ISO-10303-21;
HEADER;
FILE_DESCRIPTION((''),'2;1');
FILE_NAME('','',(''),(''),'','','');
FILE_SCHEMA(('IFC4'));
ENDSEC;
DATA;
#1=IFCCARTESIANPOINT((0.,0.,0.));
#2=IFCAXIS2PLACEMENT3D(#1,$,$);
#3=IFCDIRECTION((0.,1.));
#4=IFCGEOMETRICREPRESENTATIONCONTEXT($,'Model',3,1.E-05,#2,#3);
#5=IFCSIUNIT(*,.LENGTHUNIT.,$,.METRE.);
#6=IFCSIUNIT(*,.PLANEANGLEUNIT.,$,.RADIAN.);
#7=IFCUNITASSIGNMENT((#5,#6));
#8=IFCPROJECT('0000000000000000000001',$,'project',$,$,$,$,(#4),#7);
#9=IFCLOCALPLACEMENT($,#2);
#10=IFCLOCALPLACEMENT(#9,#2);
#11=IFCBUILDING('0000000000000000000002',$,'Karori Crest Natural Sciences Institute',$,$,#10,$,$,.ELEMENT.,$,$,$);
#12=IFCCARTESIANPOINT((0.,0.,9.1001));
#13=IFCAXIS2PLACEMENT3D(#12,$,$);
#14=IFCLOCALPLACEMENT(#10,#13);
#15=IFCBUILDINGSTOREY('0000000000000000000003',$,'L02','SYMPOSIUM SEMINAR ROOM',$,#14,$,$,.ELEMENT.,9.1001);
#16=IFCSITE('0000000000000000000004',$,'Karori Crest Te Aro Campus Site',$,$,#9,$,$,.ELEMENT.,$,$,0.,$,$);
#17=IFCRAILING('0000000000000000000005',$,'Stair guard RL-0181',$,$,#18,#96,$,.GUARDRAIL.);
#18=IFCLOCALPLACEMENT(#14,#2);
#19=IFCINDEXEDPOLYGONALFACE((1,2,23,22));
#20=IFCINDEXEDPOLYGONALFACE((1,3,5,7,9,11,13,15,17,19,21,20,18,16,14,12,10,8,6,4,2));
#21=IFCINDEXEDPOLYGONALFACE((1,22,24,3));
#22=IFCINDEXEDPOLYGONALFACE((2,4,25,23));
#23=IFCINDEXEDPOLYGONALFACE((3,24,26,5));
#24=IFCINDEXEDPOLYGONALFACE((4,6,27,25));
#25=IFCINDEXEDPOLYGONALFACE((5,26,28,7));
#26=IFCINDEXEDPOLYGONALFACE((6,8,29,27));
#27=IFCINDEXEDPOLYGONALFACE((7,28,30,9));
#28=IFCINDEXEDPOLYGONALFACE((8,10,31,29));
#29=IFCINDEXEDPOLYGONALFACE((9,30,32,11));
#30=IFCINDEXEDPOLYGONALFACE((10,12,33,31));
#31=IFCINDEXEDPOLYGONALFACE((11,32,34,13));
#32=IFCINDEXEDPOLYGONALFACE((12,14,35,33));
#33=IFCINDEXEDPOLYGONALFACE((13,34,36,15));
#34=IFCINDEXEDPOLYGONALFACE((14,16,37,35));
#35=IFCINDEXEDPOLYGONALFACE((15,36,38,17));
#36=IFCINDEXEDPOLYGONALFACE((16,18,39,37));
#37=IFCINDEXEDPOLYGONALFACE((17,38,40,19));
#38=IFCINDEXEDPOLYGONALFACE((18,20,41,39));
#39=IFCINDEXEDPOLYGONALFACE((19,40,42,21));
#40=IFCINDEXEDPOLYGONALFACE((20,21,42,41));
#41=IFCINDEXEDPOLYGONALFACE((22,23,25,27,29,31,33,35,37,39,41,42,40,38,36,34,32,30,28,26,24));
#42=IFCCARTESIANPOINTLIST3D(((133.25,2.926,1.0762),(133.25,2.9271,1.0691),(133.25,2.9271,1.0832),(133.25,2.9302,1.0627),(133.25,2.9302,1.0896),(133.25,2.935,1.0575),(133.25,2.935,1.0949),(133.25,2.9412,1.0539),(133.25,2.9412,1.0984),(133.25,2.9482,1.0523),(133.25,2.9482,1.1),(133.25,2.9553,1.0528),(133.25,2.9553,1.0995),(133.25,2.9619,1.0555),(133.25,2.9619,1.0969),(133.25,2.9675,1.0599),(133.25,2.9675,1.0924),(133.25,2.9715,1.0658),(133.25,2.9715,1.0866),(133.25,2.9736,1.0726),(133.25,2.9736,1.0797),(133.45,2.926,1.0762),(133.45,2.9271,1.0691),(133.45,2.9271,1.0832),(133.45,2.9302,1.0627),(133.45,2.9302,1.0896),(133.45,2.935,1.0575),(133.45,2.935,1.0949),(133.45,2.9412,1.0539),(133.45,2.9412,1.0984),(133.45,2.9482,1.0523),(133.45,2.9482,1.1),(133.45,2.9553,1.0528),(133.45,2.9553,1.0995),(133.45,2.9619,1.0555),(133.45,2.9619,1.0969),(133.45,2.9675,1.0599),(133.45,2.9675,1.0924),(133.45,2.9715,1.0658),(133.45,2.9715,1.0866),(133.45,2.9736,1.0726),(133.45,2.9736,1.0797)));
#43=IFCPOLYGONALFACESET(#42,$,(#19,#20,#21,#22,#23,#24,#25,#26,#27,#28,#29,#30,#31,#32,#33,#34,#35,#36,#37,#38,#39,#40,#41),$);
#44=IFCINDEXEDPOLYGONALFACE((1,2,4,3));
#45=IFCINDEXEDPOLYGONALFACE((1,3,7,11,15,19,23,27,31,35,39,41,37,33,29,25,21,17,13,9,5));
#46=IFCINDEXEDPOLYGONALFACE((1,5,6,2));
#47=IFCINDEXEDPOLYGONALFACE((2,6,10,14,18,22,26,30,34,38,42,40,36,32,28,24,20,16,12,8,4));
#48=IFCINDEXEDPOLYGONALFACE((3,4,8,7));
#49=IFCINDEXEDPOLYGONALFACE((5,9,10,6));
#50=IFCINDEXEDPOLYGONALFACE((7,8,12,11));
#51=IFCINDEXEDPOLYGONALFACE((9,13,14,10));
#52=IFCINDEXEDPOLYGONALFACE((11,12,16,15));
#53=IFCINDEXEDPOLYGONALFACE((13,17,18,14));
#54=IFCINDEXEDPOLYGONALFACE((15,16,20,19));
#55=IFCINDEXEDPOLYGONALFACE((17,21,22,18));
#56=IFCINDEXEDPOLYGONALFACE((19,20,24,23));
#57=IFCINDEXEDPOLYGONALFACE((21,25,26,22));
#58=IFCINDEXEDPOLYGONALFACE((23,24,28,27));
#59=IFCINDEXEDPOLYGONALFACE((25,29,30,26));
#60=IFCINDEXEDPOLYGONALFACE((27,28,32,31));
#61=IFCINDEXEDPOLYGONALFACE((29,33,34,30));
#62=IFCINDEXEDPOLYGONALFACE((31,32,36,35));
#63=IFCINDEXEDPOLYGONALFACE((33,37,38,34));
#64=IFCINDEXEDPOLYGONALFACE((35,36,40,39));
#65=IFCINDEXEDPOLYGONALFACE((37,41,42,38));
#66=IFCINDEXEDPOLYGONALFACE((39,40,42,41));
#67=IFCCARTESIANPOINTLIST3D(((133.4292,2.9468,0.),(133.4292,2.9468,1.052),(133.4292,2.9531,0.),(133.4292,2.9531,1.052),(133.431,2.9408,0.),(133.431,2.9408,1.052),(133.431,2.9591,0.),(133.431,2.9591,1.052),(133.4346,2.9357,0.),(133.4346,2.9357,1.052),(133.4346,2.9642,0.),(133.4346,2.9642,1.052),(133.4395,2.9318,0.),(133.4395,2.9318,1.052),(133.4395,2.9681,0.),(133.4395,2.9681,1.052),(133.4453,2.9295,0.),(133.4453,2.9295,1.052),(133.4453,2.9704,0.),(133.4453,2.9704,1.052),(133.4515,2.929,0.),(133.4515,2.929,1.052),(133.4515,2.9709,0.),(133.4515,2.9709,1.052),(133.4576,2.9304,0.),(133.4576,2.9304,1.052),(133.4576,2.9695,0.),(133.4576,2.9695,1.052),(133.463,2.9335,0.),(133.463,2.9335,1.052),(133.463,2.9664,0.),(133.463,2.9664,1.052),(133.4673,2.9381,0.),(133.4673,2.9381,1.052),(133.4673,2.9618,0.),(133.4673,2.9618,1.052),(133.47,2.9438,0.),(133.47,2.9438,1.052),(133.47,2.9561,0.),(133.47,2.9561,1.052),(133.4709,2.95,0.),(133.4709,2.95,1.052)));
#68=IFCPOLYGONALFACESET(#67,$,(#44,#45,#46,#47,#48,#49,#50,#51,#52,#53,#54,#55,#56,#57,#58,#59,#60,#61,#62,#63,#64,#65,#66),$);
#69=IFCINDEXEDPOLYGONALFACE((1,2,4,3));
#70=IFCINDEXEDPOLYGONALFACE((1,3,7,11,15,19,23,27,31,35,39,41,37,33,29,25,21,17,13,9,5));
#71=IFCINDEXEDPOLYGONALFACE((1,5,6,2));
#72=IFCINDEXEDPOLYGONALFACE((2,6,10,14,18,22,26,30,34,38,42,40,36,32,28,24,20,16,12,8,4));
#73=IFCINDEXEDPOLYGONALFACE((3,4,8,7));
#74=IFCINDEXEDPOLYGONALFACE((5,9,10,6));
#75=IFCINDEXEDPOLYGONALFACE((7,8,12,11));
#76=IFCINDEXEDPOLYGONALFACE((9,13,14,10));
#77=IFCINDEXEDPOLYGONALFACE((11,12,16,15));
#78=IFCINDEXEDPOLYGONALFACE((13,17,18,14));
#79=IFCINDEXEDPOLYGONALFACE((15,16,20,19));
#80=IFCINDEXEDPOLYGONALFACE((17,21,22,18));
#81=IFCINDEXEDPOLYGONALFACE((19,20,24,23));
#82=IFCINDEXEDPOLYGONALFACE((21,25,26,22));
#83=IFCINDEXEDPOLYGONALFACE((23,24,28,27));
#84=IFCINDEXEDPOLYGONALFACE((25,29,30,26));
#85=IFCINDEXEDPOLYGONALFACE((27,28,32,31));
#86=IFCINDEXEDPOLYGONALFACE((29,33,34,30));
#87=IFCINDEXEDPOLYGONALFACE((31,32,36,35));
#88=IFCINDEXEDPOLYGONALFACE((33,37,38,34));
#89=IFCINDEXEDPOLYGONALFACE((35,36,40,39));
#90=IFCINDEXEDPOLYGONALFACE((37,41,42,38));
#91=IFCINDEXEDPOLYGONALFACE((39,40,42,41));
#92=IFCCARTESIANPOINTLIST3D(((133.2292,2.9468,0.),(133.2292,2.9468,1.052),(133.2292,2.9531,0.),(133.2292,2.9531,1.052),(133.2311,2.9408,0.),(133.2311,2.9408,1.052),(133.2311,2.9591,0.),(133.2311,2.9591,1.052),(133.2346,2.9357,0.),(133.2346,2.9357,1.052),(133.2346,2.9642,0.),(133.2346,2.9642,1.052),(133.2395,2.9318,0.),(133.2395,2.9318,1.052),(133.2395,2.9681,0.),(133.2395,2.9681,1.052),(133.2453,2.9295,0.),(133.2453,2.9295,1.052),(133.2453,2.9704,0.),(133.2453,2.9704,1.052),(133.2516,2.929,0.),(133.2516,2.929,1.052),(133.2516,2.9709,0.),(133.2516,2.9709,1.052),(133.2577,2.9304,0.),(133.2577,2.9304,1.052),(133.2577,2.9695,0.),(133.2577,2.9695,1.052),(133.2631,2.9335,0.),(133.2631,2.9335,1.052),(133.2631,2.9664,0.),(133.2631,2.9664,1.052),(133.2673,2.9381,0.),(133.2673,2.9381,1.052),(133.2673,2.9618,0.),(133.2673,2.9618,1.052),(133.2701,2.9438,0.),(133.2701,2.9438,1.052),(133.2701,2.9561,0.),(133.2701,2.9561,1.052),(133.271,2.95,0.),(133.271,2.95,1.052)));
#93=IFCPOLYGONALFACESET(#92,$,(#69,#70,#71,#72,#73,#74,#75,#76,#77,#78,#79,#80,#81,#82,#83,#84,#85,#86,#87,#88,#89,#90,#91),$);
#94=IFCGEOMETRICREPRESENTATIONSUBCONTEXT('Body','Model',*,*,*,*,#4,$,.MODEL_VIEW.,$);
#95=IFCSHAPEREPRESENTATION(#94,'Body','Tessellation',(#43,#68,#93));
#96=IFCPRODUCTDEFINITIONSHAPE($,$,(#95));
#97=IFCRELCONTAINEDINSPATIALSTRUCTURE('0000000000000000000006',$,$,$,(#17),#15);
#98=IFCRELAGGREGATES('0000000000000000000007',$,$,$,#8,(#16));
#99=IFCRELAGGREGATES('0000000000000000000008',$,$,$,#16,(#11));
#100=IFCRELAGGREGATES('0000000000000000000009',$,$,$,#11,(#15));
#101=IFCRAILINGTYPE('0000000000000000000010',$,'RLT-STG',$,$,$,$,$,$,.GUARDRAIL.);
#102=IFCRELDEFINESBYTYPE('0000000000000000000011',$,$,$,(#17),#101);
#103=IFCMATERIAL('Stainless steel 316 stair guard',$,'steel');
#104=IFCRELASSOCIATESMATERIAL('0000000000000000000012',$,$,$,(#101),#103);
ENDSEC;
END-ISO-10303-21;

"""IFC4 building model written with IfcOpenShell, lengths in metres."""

from ifc_helpers import new_model, si_unit, direction, frame, origin, origin_2d, place, context, subcontext, project, spatial, circle, extrude, material, type_object, element, save


model = new_model("IFC4")

# Units and contexts
model_context = context("Model", 3, precision=1e-05, world=origin(), true_north=direction((0.0, 1.0)))
body_context = subcontext(model_context, "Body", "Model", "MODEL_VIEW")
ifc_project = project(units=[si_unit("LENGTHUNIT", "METRE"), si_unit("PLANEANGLEUNIT", "RADIAN")], contexts=[model_context])

# Site, building, storey
site_placement = place(None, origin())
site = spatial("IfcSite", under=ifc_project, at=site_placement, Name="Karori Crest Te Aro Campus Site", CompositionType="ELEMENT", RefElevation=0.0)
building_placement = place(site_placement, origin())
building = spatial("IfcBuilding", under=site, at=building_placement, Name="Karori Crest Natural Sciences Institute", CompositionType="ELEMENT")
storey_placement = place(building_placement, frame((0.0, 0.0, 9.1001)))
storey = spatial("IfcBuildingStorey", under=building, at=storey_placement, Name="L02", Description="SYMPOSIUM SEMINAR ROOM", CompositionType="ELEMENT", Elevation=9.1001)

# Railing
ifc_material_1 = material(Name="Stainless steel 316 stair guard", Category="steel")
railing_type_1 = type_object("IfcRailingType", Name="RLT-STG", PredefinedType="GUARDRAIL", material=ifc_material_1)
railing_1_placement = place(storey_placement, frame((133.45, 2.95, 0.0)))
element("IfcRailing", 1, at=railing_1_placement, inside=storey, type_object=railing_type_1, Name="Stair guard RL-0181", PredefinedType="GUARDRAIL", context=body_context, shape_type="SweptSolid", body=[
    extrude(circle(Radius=0.0239, at=origin_2d()), frame((0.0, 0.0, 1.0762), z_axis=(-1.0, 0.0, 0.0), x_axis=(0.0, -1.0, 0.0)), (0.0, 0.0, 1.0), 0.2),
    extrude(circle(Radius=0.021, at=origin_2d()), origin(), (0.0, 0.0, 1.0), 1.052),
    extrude(circle(Radius=0.021, at=origin_2d()), frame((-0.2, 0.0, 0.0)), (0.0, 0.0, 1.0), 1.052),
])

save(model, "model.ifc")
